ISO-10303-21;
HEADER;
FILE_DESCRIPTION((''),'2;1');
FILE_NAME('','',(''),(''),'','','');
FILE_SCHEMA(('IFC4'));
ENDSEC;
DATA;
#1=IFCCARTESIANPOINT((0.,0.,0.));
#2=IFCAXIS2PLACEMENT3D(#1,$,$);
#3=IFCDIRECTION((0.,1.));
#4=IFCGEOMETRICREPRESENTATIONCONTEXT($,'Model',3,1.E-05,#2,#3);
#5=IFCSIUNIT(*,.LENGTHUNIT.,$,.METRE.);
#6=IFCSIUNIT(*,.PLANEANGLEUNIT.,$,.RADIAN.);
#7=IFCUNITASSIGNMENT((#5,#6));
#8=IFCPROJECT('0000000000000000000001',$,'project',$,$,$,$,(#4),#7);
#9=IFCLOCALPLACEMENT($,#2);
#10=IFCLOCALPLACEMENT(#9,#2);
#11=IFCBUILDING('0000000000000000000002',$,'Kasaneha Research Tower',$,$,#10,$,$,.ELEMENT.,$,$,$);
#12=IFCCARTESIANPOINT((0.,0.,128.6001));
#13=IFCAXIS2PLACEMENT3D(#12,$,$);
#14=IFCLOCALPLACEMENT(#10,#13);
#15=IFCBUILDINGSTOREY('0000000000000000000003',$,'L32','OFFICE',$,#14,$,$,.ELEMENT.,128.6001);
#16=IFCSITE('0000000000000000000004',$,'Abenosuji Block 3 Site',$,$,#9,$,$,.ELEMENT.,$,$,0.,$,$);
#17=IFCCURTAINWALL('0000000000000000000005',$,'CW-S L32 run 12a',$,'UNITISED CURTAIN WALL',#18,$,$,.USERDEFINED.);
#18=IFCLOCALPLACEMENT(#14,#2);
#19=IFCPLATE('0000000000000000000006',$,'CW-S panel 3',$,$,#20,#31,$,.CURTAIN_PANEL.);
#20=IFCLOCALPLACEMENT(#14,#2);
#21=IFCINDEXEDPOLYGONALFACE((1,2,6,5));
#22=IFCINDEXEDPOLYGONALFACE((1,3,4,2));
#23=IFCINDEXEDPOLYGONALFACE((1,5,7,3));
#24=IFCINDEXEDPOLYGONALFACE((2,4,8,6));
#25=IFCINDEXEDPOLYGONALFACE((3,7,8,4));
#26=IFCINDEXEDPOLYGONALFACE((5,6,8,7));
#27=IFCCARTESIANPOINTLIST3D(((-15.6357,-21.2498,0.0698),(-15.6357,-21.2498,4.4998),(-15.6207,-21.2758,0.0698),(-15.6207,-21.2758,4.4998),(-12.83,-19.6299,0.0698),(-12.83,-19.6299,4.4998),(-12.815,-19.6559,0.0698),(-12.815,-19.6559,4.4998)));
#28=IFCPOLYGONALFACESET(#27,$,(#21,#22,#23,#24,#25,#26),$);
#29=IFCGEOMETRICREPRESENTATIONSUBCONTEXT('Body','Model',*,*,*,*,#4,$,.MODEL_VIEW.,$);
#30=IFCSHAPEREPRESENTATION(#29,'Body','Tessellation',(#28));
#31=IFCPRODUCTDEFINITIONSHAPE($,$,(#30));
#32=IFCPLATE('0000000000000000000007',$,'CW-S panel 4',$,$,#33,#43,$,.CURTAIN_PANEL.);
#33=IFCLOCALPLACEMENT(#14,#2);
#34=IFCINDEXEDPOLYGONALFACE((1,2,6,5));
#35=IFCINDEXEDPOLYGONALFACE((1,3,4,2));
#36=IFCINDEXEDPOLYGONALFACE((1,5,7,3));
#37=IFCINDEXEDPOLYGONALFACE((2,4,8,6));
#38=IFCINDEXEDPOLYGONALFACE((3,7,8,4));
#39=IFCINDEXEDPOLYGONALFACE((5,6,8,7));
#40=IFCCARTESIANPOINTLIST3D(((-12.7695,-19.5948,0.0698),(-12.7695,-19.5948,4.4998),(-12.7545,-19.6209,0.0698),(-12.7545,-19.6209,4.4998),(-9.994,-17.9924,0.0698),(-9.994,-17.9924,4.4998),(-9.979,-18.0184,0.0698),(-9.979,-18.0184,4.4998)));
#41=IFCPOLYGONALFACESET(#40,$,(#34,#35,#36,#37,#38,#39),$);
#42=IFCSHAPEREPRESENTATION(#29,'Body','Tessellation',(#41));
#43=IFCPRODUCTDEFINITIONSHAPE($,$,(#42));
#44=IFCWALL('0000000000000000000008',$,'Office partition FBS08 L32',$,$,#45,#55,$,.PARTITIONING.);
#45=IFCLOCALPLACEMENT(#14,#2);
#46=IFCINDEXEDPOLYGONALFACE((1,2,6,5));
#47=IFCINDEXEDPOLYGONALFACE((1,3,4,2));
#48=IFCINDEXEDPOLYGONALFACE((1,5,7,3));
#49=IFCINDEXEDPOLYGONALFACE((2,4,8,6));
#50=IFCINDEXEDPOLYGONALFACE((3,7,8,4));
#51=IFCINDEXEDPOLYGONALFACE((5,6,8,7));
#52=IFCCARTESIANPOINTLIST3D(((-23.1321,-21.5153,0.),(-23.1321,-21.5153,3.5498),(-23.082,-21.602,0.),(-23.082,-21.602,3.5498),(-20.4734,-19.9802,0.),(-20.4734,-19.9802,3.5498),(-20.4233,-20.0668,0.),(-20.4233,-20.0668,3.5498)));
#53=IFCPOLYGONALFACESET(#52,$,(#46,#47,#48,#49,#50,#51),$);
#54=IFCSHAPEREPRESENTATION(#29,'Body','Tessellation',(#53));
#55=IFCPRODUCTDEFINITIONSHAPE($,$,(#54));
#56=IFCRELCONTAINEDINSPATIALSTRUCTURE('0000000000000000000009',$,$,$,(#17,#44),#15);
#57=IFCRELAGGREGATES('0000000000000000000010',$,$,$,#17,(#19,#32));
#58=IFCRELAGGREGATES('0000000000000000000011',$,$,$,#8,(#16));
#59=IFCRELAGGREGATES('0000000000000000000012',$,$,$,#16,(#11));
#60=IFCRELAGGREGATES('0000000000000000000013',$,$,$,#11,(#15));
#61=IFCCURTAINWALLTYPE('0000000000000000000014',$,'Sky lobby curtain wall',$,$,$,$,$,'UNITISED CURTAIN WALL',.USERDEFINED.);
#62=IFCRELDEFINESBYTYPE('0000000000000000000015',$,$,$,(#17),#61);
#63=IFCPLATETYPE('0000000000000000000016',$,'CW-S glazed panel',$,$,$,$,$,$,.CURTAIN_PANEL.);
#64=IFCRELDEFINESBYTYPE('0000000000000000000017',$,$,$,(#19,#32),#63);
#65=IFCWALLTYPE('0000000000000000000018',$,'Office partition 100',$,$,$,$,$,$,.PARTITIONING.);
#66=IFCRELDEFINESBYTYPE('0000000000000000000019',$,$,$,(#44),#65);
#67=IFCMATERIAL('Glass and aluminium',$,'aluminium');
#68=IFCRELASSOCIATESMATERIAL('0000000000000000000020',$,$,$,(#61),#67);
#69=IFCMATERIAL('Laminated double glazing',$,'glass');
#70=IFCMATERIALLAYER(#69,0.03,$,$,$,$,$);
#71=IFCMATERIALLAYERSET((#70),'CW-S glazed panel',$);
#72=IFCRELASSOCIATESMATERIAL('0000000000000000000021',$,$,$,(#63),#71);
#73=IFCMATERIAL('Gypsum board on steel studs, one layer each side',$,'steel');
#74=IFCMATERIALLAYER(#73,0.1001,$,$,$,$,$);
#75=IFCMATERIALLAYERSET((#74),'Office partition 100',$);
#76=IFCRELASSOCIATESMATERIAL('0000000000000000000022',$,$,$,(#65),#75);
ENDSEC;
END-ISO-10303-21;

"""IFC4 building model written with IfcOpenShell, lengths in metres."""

from ifc_helpers import new_model, si_unit, direction, frame, frame_2d, origin, origin_2d, place, context, subcontext, project, spatial, rectangle, extrude, material, layer, layer_set, type_object, element, aggregate, save


model = new_model("IFC4")

# Units and contexts
model_context = context("Model", 3, precision=1e-05, world=origin(), true_north=direction((0.0, 1.0)))
body_context = subcontext(model_context, "Body", "Model", "MODEL_VIEW")
ifc_project = project(units=[si_unit("LENGTHUNIT", "METRE"), si_unit("PLANEANGLEUNIT", "RADIAN")], contexts=[model_context])

# Site, building, storey
site_placement = place(None, origin())
site = spatial("IfcSite", under=ifc_project, at=site_placement, Name="Abenosuji Block 3 Site", CompositionType="ELEMENT", RefElevation=0.0)
building_placement = place(site_placement, origin())
building = spatial("IfcBuilding", under=site, at=building_placement, Name="Kasaneha Research Tower", CompositionType="ELEMENT")
storey_placement = place(building_placement, frame((0.0, 0.0, 128.6001)))
storey = spatial("IfcBuildingStorey", under=building, at=storey_placement, Name="L32", Description="OFFICE", CompositionType="ELEMENT", Elevation=128.6001)

# Curtain wall
ifc_material_1 = material(Name="Glass and aluminium", Category="aluminium")
curtain_wall_type = type_object("IfcCurtainWallType", Name="Sky lobby curtain wall", ElementType="UNITISED CURTAIN WALL", PredefinedType="USERDEFINED", material=ifc_material_1)
curtain_wall_1_placement = place(storey_placement, origin())
curtain_wall_1 = element("IfcCurtainWall", 1, at=curtain_wall_1_placement, inside=storey, type_object=curtain_wall_type, Name="CW-S L32 run 12a", ObjectType="UNITISED CURTAIN WALL", PredefinedType="USERDEFINED")

# Plates
ifc_material_2 = material(Name="Laminated double glazing", Category="glass")
ifc_layer_1 = layer(ifc_material_2, 0.03)
ifc_layer_set_1 = layer_set([ifc_layer_1], Name="CW-S glazed panel")
plate_type = type_object("IfcPlateType", Name="CW-S glazed panel", PredefinedType="CURTAIN_PANEL", material=ifc_layer_set_1)
plate_1_placement = place(storey_placement, frame((-14.2253, -20.4529, 0.0698), z_axis=(0.0, 0.0, 1.0), x_axis=(0.866025, 0.5, 0.0)))
plate_1 = element("IfcPlate", 2, at=plate_1_placement, type_object=plate_type, Name="CW-S panel 3", PredefinedType="CURTAIN_PANEL", context=body_context, shape_type="SweptSolid", body=[
    extrude(rectangle(XDim=3.2397, YDim=0.03, at=origin_2d()), origin(), (0.0, 0.0, 1.0), 4.4299),
])
plate_2_placement = place(storey_placement, frame((-11.3743, -18.8066, 0.0698), z_axis=(0.0, 0.0, 1.0), x_axis=(0.866025, 0.5, 0.0)))
plate_2 = element("IfcPlate", 3, at=plate_2_placement, type_object=plate_type, Name="CW-S panel 4", PredefinedType="CURTAIN_PANEL", context=body_context, shape_type="SweptSolid", body=[
    extrude(rectangle(XDim=3.2048, YDim=0.03, at=origin_2d()), origin(), (0.0, 0.0, 1.0), 4.4299),
])
aggregate(curtain_wall_1, [plate_1, plate_2])

# Wall
ifc_material_3 = material(Name="Gypsum board on steel studs, one layer each side", Category="steel")
ifc_layer_2 = layer(ifc_material_3, 0.1001)
ifc_layer_set_2 = layer_set([ifc_layer_2], Name="Office partition 100")
wall_type = type_object("IfcWallType", Name="Office partition 100", PredefinedType="PARTITIONING", material=ifc_layer_set_2)
wall_placement = place(storey_placement, frame((-20.4482, -20.0234, 0.0), z_axis=(0.0, 0.0, 1.0), x_axis=(-0.866003, -0.500039, 0.0)))
element("IfcWall", 4, at=wall_placement, inside=storey, type_object=wall_type, Name="Office partition FBS08 L32", PredefinedType="PARTITIONING", context=body_context, shape_type="SweptSolid", body=[
    extrude(rectangle(XDim=3.0701, YDim=0.1001, at=frame_2d((1.5352, 0.0))), origin(), (0.0, 0.0, 1.0), 3.5498),
])

save(model, "model.ifc")
